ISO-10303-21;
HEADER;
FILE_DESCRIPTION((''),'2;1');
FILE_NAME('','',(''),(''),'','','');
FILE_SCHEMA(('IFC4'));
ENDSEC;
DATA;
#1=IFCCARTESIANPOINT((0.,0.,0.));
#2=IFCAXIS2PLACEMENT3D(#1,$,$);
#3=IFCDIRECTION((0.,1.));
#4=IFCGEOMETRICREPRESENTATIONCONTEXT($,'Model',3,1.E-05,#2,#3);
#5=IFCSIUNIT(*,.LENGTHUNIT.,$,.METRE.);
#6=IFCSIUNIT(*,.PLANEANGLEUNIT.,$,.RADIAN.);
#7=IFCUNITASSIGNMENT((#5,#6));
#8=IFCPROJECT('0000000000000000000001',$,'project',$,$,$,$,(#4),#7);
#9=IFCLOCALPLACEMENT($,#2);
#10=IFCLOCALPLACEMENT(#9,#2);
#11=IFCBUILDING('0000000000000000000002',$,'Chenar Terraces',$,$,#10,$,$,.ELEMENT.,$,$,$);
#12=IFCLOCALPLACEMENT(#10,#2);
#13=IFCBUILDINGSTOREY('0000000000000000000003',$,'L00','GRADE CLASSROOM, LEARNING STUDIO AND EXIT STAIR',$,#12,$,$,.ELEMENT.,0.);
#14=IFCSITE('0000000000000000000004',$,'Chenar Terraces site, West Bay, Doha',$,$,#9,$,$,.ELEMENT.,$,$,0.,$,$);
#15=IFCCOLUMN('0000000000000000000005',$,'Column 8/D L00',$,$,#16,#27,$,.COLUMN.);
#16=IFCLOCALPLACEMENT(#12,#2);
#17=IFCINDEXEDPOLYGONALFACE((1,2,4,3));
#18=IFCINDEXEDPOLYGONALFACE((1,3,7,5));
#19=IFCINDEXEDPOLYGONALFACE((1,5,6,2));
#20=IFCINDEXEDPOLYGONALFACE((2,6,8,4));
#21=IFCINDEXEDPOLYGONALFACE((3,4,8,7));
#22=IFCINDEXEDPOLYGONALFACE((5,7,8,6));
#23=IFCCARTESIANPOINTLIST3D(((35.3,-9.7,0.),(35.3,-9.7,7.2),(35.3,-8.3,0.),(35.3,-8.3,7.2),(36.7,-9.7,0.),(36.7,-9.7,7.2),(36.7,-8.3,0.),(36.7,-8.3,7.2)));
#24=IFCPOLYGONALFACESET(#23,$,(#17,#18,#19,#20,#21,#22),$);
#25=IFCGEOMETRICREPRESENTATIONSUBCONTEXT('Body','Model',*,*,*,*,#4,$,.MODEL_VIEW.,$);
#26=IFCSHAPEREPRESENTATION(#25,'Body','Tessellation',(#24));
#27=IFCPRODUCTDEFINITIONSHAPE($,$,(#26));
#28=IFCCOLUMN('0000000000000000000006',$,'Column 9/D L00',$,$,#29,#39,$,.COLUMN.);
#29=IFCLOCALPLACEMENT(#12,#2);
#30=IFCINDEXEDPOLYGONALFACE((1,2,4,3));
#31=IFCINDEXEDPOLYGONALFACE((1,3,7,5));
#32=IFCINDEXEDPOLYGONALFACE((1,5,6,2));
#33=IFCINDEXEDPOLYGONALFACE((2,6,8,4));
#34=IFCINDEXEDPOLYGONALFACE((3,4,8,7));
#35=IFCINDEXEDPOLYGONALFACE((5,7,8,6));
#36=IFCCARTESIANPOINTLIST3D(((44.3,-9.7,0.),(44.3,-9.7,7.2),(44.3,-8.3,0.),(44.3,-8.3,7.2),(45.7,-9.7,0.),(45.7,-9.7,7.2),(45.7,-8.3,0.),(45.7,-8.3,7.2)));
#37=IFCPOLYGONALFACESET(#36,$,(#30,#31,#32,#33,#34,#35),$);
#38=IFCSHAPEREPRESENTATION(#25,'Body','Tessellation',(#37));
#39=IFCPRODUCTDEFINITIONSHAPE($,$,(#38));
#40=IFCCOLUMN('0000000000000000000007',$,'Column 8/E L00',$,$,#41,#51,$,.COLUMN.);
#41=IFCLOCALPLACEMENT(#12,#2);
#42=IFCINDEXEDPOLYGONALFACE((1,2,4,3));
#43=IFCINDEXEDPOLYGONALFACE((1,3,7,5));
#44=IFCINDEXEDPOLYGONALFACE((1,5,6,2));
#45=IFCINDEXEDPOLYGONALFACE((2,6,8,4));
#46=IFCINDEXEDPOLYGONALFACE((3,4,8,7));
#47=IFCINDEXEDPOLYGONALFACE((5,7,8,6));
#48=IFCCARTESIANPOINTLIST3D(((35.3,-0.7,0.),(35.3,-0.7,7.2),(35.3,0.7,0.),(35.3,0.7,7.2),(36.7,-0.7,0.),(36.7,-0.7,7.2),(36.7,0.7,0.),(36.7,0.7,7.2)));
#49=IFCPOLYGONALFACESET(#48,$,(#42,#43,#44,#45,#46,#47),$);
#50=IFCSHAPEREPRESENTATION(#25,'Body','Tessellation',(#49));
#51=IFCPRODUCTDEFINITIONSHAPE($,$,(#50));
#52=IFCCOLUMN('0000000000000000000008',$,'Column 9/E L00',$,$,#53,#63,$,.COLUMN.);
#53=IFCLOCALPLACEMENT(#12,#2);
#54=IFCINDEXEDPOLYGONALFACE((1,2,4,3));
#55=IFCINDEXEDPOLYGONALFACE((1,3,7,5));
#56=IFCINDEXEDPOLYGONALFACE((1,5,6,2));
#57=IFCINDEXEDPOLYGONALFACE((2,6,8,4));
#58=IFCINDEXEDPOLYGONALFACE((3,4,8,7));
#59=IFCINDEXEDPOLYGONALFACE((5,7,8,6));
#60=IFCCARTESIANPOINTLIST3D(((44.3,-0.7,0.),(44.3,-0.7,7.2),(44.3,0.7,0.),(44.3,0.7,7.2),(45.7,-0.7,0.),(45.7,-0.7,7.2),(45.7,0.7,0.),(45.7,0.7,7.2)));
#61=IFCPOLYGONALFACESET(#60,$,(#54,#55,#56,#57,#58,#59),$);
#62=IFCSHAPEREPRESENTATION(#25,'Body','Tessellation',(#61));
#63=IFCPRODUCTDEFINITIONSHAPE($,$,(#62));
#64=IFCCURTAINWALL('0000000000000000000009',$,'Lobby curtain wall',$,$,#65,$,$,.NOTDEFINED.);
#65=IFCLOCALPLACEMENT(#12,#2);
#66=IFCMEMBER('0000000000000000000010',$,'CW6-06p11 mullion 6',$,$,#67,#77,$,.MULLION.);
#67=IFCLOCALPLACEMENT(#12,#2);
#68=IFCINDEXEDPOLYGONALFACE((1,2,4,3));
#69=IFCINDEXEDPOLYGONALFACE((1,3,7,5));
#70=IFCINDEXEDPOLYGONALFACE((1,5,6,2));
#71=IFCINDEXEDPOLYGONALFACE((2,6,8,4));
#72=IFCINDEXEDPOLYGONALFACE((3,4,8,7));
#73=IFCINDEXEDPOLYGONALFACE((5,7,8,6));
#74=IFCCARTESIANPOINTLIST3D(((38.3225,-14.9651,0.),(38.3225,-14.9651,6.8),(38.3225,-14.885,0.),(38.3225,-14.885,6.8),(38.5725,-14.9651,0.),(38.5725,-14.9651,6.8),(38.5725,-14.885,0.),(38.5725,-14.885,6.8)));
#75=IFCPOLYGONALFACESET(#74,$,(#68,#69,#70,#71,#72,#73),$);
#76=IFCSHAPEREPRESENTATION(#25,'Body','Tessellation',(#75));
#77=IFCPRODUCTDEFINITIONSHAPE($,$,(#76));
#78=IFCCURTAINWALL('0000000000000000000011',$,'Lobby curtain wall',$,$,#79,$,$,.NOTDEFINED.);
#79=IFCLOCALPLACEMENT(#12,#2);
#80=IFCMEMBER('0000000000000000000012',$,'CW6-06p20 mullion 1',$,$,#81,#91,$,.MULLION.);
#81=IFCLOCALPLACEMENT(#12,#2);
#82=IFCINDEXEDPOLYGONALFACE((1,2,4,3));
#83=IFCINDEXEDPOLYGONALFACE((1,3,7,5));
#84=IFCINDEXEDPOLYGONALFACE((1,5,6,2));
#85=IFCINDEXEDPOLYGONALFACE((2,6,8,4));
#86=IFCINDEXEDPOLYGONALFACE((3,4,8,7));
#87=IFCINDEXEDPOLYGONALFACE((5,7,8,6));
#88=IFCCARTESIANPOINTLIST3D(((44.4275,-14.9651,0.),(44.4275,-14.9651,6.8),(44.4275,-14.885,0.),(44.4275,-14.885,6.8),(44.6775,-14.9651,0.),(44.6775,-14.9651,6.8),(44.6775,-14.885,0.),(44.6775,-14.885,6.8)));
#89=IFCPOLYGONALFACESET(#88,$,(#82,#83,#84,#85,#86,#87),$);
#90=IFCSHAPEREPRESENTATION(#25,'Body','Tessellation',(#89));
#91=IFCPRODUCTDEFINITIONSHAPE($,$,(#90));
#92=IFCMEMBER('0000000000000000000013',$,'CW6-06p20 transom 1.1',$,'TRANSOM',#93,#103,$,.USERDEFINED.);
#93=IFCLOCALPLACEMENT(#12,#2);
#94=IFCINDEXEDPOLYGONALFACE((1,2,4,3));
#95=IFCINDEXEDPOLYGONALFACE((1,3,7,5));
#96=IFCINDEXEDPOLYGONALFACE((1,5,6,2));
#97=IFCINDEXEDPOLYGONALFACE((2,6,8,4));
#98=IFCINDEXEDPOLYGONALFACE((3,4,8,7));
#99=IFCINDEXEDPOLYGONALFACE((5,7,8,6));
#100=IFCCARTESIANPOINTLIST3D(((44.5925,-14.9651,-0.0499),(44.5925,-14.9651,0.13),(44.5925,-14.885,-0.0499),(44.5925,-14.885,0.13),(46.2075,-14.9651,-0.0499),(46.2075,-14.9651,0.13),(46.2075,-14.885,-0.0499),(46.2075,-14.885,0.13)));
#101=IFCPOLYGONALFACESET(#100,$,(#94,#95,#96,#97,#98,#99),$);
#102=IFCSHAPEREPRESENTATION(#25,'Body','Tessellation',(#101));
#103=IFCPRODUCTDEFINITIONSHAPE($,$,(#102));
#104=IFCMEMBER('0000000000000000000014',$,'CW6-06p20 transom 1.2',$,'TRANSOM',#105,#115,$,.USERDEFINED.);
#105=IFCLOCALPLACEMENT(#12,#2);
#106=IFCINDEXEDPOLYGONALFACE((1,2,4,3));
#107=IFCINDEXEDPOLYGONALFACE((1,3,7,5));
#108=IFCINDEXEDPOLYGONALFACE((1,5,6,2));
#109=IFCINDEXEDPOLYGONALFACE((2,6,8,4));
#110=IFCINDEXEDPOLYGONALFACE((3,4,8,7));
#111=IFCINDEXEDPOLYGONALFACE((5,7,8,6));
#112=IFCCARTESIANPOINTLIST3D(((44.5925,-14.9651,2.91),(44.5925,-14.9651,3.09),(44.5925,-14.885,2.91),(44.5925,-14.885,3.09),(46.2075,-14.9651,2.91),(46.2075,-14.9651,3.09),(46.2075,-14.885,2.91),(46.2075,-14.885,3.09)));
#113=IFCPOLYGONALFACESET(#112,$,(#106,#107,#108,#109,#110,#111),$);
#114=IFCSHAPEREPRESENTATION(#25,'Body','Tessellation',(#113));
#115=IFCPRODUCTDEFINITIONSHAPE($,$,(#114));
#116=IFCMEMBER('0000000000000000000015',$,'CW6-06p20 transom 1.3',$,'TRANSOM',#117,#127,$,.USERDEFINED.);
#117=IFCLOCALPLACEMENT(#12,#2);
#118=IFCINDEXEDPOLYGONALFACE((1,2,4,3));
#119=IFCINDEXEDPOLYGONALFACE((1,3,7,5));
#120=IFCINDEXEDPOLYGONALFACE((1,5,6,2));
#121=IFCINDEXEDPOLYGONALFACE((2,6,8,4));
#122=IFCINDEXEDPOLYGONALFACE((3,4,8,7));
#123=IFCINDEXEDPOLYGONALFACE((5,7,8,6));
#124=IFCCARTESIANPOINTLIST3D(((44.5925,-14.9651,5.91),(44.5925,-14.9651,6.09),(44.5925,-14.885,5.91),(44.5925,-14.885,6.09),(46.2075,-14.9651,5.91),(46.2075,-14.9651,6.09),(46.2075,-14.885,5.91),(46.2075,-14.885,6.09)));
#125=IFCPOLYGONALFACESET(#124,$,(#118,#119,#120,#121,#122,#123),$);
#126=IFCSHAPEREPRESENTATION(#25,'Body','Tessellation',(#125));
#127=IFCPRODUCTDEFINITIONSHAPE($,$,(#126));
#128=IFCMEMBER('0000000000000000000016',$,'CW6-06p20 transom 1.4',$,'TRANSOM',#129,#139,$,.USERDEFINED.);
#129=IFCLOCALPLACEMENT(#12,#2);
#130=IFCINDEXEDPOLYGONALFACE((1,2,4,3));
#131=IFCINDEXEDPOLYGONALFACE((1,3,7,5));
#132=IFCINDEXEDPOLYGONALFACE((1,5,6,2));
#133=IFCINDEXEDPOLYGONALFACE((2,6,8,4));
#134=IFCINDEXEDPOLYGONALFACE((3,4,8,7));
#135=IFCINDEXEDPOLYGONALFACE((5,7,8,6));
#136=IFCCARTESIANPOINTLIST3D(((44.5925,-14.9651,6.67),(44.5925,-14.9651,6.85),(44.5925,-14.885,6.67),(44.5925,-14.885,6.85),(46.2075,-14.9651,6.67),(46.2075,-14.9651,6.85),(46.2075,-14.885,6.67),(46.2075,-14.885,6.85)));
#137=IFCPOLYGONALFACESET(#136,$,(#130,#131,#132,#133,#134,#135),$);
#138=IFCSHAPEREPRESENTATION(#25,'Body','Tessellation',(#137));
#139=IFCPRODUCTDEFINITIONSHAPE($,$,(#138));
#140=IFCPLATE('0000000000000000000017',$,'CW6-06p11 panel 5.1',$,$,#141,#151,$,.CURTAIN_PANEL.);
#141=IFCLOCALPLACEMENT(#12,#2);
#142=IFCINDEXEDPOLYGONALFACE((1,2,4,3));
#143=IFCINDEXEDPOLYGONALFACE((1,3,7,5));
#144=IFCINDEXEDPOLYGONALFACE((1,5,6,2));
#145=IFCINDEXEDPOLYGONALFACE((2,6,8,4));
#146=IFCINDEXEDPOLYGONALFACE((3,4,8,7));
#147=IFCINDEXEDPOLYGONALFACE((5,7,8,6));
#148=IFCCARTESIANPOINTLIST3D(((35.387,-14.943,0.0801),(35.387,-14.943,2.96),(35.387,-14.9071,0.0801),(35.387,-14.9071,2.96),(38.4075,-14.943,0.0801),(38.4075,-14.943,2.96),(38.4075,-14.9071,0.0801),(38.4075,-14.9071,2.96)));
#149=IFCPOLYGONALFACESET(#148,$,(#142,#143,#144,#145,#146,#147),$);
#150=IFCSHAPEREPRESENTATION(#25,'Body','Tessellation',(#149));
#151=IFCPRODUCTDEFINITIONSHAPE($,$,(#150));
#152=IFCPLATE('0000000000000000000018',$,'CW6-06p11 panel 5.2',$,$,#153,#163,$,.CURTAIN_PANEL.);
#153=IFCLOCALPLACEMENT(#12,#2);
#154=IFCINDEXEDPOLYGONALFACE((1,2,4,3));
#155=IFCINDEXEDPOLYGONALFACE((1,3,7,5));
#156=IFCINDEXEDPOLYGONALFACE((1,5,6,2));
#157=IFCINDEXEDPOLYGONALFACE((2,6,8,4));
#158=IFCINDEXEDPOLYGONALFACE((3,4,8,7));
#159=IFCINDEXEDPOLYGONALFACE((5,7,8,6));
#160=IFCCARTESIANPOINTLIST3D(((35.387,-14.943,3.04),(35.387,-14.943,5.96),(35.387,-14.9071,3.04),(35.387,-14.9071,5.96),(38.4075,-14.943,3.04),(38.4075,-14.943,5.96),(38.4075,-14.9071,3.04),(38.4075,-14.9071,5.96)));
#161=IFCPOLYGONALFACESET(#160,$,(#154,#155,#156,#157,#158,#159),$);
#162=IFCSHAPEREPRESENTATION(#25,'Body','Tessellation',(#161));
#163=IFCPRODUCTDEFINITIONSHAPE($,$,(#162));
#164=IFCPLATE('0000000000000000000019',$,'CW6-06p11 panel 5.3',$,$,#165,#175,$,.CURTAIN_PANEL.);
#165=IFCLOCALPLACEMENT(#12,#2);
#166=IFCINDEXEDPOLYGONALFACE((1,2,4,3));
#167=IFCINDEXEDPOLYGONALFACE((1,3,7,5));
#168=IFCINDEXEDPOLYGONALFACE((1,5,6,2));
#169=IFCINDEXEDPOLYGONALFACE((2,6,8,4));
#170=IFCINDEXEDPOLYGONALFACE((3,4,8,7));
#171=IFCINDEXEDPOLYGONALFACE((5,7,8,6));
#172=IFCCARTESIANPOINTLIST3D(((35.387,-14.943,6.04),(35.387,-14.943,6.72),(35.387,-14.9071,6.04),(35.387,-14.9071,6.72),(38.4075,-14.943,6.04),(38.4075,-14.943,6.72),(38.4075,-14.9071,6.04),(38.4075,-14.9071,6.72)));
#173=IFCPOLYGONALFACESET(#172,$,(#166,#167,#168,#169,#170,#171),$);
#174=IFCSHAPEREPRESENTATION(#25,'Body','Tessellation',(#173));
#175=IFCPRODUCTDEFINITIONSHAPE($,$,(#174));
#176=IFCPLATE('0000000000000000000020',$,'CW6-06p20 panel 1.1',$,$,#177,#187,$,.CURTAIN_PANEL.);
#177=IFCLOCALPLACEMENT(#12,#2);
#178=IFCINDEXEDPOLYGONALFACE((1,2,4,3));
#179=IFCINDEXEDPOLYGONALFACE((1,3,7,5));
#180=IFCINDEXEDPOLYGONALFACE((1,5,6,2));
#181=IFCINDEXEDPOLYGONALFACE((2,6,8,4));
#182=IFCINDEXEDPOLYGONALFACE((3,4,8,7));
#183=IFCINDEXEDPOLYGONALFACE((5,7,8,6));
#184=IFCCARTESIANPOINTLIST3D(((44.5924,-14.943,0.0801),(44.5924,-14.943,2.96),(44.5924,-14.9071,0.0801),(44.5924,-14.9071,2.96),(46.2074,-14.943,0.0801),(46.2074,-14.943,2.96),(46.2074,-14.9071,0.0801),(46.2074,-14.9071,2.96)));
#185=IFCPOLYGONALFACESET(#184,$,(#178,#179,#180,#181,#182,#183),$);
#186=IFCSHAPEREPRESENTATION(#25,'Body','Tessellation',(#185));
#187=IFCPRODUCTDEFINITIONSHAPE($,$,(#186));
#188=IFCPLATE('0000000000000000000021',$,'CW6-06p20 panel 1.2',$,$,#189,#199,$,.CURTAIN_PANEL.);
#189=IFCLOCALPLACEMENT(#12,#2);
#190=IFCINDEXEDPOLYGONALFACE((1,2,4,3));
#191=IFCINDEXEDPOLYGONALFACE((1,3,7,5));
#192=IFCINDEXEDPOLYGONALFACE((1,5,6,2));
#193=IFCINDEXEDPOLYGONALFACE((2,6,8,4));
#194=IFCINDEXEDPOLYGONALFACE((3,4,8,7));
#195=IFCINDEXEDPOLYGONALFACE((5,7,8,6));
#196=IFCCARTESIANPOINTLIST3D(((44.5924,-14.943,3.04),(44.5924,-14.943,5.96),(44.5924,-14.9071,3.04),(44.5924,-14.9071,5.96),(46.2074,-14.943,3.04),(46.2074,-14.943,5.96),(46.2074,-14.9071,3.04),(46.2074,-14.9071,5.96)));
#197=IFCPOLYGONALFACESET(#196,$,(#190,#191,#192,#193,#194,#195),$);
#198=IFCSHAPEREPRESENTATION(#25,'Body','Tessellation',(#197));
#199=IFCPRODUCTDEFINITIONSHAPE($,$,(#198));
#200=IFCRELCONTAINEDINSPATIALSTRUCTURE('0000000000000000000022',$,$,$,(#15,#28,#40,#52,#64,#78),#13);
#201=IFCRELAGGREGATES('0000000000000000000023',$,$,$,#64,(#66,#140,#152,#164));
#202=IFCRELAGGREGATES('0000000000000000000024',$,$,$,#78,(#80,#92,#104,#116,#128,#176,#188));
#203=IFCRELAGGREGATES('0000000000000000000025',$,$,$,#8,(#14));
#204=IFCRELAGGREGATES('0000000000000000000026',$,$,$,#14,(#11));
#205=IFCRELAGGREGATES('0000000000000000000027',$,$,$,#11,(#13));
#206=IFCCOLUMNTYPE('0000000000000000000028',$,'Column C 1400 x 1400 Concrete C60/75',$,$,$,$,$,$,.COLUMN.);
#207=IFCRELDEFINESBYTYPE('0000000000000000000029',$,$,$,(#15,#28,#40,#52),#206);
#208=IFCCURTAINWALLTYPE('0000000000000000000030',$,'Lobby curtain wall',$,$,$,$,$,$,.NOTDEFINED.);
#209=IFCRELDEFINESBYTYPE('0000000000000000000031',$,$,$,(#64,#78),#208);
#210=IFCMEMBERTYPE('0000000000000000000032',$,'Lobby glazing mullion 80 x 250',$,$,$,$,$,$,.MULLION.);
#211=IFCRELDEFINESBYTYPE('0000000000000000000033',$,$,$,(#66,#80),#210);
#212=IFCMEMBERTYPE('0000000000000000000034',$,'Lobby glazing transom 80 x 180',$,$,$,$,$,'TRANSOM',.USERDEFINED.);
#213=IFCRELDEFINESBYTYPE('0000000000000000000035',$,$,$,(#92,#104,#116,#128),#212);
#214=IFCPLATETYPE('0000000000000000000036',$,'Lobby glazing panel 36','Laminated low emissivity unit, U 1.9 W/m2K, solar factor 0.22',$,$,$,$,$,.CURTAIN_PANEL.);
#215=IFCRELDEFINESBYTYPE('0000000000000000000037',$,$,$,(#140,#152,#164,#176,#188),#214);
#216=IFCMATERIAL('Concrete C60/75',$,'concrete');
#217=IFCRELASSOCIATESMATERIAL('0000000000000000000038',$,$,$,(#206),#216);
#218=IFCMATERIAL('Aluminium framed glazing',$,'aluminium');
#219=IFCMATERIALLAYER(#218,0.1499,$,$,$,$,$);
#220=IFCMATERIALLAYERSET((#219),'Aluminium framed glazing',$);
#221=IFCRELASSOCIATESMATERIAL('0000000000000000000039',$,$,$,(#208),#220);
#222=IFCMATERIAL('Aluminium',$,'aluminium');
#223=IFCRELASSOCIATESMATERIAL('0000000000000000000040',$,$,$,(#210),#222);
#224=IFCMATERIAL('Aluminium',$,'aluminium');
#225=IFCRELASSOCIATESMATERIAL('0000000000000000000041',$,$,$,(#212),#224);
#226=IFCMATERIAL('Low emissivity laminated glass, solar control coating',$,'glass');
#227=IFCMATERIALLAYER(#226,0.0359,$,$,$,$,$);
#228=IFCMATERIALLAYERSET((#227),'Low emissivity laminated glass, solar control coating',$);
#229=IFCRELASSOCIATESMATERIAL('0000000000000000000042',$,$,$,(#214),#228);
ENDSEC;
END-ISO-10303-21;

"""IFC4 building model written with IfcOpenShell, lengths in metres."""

from ifc_helpers import new_model, si_unit, direction, frame, origin, origin_2d, place, context, subcontext, project, spatial, rectangle, extrude, material, layer, layer_set, material_profile, profile_set, type_object, element, aggregate, save


model = new_model("IFC4")

# Units and contexts
model_context = context("Model", 3, precision=1e-05, world=origin(), true_north=direction((0.0, 1.0)))
body_context = subcontext(model_context, "Body", "Model", "MODEL_VIEW")
ifc_project = project(units=[si_unit("LENGTHUNIT", "METRE"), si_unit("PLANEANGLEUNIT", "RADIAN")], contexts=[model_context])

# Site, building, storey
site_placement = place(None, origin())
site = spatial("IfcSite", under=ifc_project, at=site_placement, Name="Chenar Terraces site, West Bay, Doha", CompositionType="ELEMENT", RefElevation=0.0)
building_placement = place(site_placement, origin())
building = spatial("IfcBuilding", under=site, at=building_placement, Name="Chenar Terraces", CompositionType="ELEMENT")
storey_placement = place(building_placement, origin())
storey = spatial("IfcBuildingStorey", under=building, at=storey_placement, Name="L00", Description="GRADE CLASSROOM, LEARNING STUDIO AND EXIT STAIR", CompositionType="ELEMENT", Elevation=0.0)

# Columns
ifc_material_1 = material(Name="Concrete C60/75", Category="concrete")
ifc_material_profile_1 = material_profile(ifc_material_1, rectangle(XDim=1.3999, YDim=1.3999, at=origin_2d()), Name="C 1400 x 1400")
ifc_profile_set_1 = profile_set([ifc_material_profile_1], Name="Concrete C60/75")
column_type = type_object("IfcColumnType", Name="Column C 1400 x 1400 Concrete C60/75", PredefinedType="COLUMN", material=ifc_profile_set_1)
for number, where, z_axis, x_axis, name in (
    (1, (36.0, -9.0, 0.0), (0.0, 0.0, 1.0), (1.0, 0.0, 0.0), "Column 8/D L00"),
    (2, (45.0, -9.0, 0.0), (0.0, 0.0, 1.0), (1.0, 0.0, 0.0), "Column 9/D L00"),
    (3, (36.0, 0.0, 0.0), (0.0, 0.0, 1.0), (1.0, 0.0, 0.0), "Column 8/E L00"),
    (4, (45.0, 0.0, 0.0), (0.0, 0.0, 1.0), (1.0, 0.0, 0.0), "Column 9/E L00"),
):
    element("IfcColumn", number, at=place(storey_placement, frame(where, z_axis=z_axis, x_axis=x_axis)), inside=storey, type_object=column_type, Name=name, PredefinedType="COLUMN", context=body_context, shape_type="SweptSolid", body=[
        extrude(rectangle(XDim=1.3999, YDim=1.3999, at=origin_2d()), origin(), (0.0, 0.0, 1.0), 7.2),
    ])

# Curtain wall, member
ifc_material_2 = material(Name="Aluminium framed glazing", Category="aluminium")
ifc_layer_1 = layer(ifc_material_2, 0.1499)
ifc_layer_set_1 = layer_set([ifc_layer_1], Name="Aluminium framed glazing")
curtain_wall_type = type_object("IfcCurtainWallType", Name="Lobby curtain wall", PredefinedType="NOTDEFINED", material=ifc_layer_set_1)
placement = place(storey_placement, origin())
curtain_wall_1 = element("IfcCurtainWall", 5, at=placement, inside=storey, type_object=curtain_wall_type, Name="Lobby curtain wall", PredefinedType="NOTDEFINED")
ifc_material_3 = material(Name="Aluminium", Category="aluminium")
ifc_material_profile_2 = material_profile(ifc_material_3, rectangle(XDim=0.0801, YDim=0.25, at=origin_2d()), Name="Lobby glazing mullion 80 x 250")
ifc_profile_set_2 = profile_set([ifc_material_profile_2], Name="Aluminium")
member_type_1 = type_object("IfcMemberType", Name="Lobby glazing mullion 80 x 250", PredefinedType="MULLION", material=ifc_profile_set_2)
member_1_placement = place(storey_placement, frame((38.4475, -14.925, 0.0), z_axis=(0.0, 0.0, 1.0), x_axis=(0.0, 1.0, 0.0)))
member_1 = element("IfcMember", 6, at=member_1_placement, type_object=member_type_1, Name="CW6-06p11 mullion 6", PredefinedType="MULLION", context=body_context, shape_type="SweptSolid", body=[
    extrude(rectangle(XDim=0.0801, YDim=0.25, at=origin_2d()), origin(), (0.0, 0.0, 1.0), 6.8),
])

# Curtain wall, members
curtain_wall_2 = element("IfcCurtainWall", 7, at=placement, inside=storey, type_object=curtain_wall_type, Name="Lobby curtain wall", PredefinedType="NOTDEFINED")
member_2_placement = place(storey_placement, frame((44.5525, -14.925, 0.0), z_axis=(0.0, 0.0, 1.0), x_axis=(0.0, 1.0, 0.0)))
member_2 = element("IfcMember", 8, at=member_2_placement, type_object=member_type_1, Name="CW6-06p20 mullion 1", PredefinedType="MULLION", context=body_context, shape_type="SweptSolid", body=[
    extrude(rectangle(XDim=0.0801, YDim=0.25, at=origin_2d()), origin(), (0.0, 0.0, 1.0), 6.8),
])
ifc_material_4 = material(Name="Aluminium", Category="aluminium")
ifc_material_profile_3 = material_profile(ifc_material_4, rectangle(XDim=0.0801, YDim=0.1799, at=origin_2d()), Name="Lobby glazing transom 80 x 180")
ifc_profile_set_3 = profile_set([ifc_material_profile_3], Name="Aluminium")
member_type_2 = type_object("IfcMemberType", Name="Lobby glazing transom 80 x 180", ElementType="TRANSOM", PredefinedType="USERDEFINED", material=ifc_profile_set_3)
member_3_placement = place(storey_placement, frame((44.5925, -14.925, 0.04), z_axis=(1.0, 0.0, 0.0), x_axis=(0.0, 1.0, 0.0)))
member_3 = element("IfcMember", 9, at=member_3_placement, type_object=member_type_2, Name="CW6-06p20 transom 1.1", ObjectType="TRANSOM", PredefinedType="USERDEFINED", context=body_context, shape_type="SweptSolid", body=[
    extrude(rectangle(XDim=0.0801, YDim=0.1799, at=origin_2d()), origin(), (0.0, 0.0, 1.0), 1.615),
])
member_4_placement = place(storey_placement, frame((44.5925, -14.925, 3.0), z_axis=(1.0, 0.0, 0.0), x_axis=(0.0, 1.0, 0.0)))
member_4 = element("IfcMember", 10, at=member_4_placement, type_object=member_type_2, Name="CW6-06p20 transom 1.2", ObjectType="TRANSOM", PredefinedType="USERDEFINED", context=body_context, shape_type="SweptSolid", body=[
    extrude(rectangle(XDim=0.0801, YDim=0.1799, at=origin_2d()), origin(), (0.0, 0.0, 1.0), 1.615),
])
member_5_placement = place(storey_placement, frame((44.5925, -14.925, 6.0), z_axis=(1.0, 0.0, 0.0), x_axis=(0.0, 1.0, 0.0)))
member_5 = element("IfcMember", 11, at=member_5_placement, type_object=member_type_2, Name="CW6-06p20 transom 1.3", ObjectType="TRANSOM", PredefinedType="USERDEFINED", context=body_context, shape_type="SweptSolid", body=[
    extrude(rectangle(XDim=0.0801, YDim=0.1799, at=origin_2d()), origin(), (0.0, 0.0, 1.0), 1.615),
])
member_6_placement = place(storey_placement, frame((44.5925, -14.925, 6.76), z_axis=(1.0, 0.0, 0.0), x_axis=(0.0, 1.0, 0.0)))
member_6 = element("IfcMember", 12, at=member_6_placement, type_object=member_type_2, Name="CW6-06p20 transom 1.4", ObjectType="TRANSOM", PredefinedType="USERDEFINED", context=body_context, shape_type="SweptSolid", body=[
    extrude(rectangle(XDim=0.0801, YDim=0.1799, at=origin_2d()), origin(), (0.0, 0.0, 1.0), 1.615),
])

# Plates
ifc_material_5 = material(Name="Low emissivity laminated glass, solar control coating", Category="glass")
ifc_layer_2 = layer(ifc_material_5, 0.0359)
ifc_layer_set_2 = layer_set([ifc_layer_2], Name="Low emissivity laminated glass, solar control coating")
plate_type = type_object("IfcPlateType", Name="Lobby glazing panel 36", Description="Laminated low emissivity unit, U 1.9 W/m2K, solar factor 0.22", PredefinedType="CURTAIN_PANEL", material=ifc_layer_set_2)
plate_1_placement = place(storey_placement, frame((36.8972, -14.925, 0.0801), z_axis=(0.0, 0.0, 1.0), x_axis=(1.0, 0.0, 0.0)))
plate_1 = element("IfcPlate", 13, at=plate_1_placement, type_object=plate_type, Name="CW6-06p11 panel 5.1", PredefinedType="CURTAIN_PANEL", context=body_context, shape_type="SweptSolid", body=[
    extrude(rectangle(XDim=3.0205, YDim=0.0359, at=origin_2d()), origin(), (0.0, 0.0, 1.0), 2.8799),
])
plate_2_placement = place(storey_placement, frame((36.8972, -14.925, 3.04), z_axis=(0.0, 0.0, 1.0), x_axis=(1.0, 0.0, 0.0)))
plate_2 = element("IfcPlate", 14, at=plate_2_placement, type_object=plate_type, Name="CW6-06p11 panel 5.2", PredefinedType="CURTAIN_PANEL", context=body_context, shape_type="SweptSolid", body=[
    extrude(rectangle(XDim=3.0205, YDim=0.0359, at=origin_2d()), origin(), (0.0, 0.0, 1.0), 2.9199),
])
plate_3_placement = place(storey_placement, frame((36.8972, -14.925, 6.04), z_axis=(0.0, 0.0, 1.0), x_axis=(1.0, 0.0, 0.0)))
plate_3 = element("IfcPlate", 15, at=plate_3_placement, type_object=plate_type, Name="CW6-06p11 panel 5.3", PredefinedType="CURTAIN_PANEL", context=body_context, shape_type="SweptSolid", body=[
    extrude(rectangle(XDim=3.0205, YDim=0.0359, at=origin_2d()), origin(), (0.0, 0.0, 1.0), 0.6799),
])
aggregate(curtain_wall_1, [member_1, plate_1, plate_2, plate_3])
plate_4_placement = place(storey_placement, frame((45.3999, -14.925, 0.0801), z_axis=(0.0, 0.0, 1.0), x_axis=(1.0, 0.0, 0.0)))
plate_4 = element("IfcPlate", 16, at=plate_4_placement, type_object=plate_type, Name="CW6-06p20 panel 1.1", PredefinedType="CURTAIN_PANEL", context=body_context, shape_type="SweptSolid", body=[
    extrude(rectangle(XDim=1.615, YDim=0.0359, at=origin_2d()), origin(), (0.0, 0.0, 1.0), 2.8799),
])
plate_5_placement = place(storey_placement, frame((45.3999, -14.925, 3.04), z_axis=(0.0, 0.0, 1.0), x_axis=(1.0, 0.0, 0.0)))
plate_5 = element("IfcPlate", 17, at=plate_5_placement, type_object=plate_type, Name="CW6-06p20 panel 1.2", PredefinedType="CURTAIN_PANEL", context=body_context, shape_type="SweptSolid", body=[
    extrude(rectangle(XDim=1.615, YDim=0.0359, at=origin_2d()), origin(), (0.0, 0.0, 1.0), 2.9199),
])
aggregate(curtain_wall_2, [member_2, member_3, member_4, member_5, member_6, plate_4, plate_5])

save(model, "model.ifc")
